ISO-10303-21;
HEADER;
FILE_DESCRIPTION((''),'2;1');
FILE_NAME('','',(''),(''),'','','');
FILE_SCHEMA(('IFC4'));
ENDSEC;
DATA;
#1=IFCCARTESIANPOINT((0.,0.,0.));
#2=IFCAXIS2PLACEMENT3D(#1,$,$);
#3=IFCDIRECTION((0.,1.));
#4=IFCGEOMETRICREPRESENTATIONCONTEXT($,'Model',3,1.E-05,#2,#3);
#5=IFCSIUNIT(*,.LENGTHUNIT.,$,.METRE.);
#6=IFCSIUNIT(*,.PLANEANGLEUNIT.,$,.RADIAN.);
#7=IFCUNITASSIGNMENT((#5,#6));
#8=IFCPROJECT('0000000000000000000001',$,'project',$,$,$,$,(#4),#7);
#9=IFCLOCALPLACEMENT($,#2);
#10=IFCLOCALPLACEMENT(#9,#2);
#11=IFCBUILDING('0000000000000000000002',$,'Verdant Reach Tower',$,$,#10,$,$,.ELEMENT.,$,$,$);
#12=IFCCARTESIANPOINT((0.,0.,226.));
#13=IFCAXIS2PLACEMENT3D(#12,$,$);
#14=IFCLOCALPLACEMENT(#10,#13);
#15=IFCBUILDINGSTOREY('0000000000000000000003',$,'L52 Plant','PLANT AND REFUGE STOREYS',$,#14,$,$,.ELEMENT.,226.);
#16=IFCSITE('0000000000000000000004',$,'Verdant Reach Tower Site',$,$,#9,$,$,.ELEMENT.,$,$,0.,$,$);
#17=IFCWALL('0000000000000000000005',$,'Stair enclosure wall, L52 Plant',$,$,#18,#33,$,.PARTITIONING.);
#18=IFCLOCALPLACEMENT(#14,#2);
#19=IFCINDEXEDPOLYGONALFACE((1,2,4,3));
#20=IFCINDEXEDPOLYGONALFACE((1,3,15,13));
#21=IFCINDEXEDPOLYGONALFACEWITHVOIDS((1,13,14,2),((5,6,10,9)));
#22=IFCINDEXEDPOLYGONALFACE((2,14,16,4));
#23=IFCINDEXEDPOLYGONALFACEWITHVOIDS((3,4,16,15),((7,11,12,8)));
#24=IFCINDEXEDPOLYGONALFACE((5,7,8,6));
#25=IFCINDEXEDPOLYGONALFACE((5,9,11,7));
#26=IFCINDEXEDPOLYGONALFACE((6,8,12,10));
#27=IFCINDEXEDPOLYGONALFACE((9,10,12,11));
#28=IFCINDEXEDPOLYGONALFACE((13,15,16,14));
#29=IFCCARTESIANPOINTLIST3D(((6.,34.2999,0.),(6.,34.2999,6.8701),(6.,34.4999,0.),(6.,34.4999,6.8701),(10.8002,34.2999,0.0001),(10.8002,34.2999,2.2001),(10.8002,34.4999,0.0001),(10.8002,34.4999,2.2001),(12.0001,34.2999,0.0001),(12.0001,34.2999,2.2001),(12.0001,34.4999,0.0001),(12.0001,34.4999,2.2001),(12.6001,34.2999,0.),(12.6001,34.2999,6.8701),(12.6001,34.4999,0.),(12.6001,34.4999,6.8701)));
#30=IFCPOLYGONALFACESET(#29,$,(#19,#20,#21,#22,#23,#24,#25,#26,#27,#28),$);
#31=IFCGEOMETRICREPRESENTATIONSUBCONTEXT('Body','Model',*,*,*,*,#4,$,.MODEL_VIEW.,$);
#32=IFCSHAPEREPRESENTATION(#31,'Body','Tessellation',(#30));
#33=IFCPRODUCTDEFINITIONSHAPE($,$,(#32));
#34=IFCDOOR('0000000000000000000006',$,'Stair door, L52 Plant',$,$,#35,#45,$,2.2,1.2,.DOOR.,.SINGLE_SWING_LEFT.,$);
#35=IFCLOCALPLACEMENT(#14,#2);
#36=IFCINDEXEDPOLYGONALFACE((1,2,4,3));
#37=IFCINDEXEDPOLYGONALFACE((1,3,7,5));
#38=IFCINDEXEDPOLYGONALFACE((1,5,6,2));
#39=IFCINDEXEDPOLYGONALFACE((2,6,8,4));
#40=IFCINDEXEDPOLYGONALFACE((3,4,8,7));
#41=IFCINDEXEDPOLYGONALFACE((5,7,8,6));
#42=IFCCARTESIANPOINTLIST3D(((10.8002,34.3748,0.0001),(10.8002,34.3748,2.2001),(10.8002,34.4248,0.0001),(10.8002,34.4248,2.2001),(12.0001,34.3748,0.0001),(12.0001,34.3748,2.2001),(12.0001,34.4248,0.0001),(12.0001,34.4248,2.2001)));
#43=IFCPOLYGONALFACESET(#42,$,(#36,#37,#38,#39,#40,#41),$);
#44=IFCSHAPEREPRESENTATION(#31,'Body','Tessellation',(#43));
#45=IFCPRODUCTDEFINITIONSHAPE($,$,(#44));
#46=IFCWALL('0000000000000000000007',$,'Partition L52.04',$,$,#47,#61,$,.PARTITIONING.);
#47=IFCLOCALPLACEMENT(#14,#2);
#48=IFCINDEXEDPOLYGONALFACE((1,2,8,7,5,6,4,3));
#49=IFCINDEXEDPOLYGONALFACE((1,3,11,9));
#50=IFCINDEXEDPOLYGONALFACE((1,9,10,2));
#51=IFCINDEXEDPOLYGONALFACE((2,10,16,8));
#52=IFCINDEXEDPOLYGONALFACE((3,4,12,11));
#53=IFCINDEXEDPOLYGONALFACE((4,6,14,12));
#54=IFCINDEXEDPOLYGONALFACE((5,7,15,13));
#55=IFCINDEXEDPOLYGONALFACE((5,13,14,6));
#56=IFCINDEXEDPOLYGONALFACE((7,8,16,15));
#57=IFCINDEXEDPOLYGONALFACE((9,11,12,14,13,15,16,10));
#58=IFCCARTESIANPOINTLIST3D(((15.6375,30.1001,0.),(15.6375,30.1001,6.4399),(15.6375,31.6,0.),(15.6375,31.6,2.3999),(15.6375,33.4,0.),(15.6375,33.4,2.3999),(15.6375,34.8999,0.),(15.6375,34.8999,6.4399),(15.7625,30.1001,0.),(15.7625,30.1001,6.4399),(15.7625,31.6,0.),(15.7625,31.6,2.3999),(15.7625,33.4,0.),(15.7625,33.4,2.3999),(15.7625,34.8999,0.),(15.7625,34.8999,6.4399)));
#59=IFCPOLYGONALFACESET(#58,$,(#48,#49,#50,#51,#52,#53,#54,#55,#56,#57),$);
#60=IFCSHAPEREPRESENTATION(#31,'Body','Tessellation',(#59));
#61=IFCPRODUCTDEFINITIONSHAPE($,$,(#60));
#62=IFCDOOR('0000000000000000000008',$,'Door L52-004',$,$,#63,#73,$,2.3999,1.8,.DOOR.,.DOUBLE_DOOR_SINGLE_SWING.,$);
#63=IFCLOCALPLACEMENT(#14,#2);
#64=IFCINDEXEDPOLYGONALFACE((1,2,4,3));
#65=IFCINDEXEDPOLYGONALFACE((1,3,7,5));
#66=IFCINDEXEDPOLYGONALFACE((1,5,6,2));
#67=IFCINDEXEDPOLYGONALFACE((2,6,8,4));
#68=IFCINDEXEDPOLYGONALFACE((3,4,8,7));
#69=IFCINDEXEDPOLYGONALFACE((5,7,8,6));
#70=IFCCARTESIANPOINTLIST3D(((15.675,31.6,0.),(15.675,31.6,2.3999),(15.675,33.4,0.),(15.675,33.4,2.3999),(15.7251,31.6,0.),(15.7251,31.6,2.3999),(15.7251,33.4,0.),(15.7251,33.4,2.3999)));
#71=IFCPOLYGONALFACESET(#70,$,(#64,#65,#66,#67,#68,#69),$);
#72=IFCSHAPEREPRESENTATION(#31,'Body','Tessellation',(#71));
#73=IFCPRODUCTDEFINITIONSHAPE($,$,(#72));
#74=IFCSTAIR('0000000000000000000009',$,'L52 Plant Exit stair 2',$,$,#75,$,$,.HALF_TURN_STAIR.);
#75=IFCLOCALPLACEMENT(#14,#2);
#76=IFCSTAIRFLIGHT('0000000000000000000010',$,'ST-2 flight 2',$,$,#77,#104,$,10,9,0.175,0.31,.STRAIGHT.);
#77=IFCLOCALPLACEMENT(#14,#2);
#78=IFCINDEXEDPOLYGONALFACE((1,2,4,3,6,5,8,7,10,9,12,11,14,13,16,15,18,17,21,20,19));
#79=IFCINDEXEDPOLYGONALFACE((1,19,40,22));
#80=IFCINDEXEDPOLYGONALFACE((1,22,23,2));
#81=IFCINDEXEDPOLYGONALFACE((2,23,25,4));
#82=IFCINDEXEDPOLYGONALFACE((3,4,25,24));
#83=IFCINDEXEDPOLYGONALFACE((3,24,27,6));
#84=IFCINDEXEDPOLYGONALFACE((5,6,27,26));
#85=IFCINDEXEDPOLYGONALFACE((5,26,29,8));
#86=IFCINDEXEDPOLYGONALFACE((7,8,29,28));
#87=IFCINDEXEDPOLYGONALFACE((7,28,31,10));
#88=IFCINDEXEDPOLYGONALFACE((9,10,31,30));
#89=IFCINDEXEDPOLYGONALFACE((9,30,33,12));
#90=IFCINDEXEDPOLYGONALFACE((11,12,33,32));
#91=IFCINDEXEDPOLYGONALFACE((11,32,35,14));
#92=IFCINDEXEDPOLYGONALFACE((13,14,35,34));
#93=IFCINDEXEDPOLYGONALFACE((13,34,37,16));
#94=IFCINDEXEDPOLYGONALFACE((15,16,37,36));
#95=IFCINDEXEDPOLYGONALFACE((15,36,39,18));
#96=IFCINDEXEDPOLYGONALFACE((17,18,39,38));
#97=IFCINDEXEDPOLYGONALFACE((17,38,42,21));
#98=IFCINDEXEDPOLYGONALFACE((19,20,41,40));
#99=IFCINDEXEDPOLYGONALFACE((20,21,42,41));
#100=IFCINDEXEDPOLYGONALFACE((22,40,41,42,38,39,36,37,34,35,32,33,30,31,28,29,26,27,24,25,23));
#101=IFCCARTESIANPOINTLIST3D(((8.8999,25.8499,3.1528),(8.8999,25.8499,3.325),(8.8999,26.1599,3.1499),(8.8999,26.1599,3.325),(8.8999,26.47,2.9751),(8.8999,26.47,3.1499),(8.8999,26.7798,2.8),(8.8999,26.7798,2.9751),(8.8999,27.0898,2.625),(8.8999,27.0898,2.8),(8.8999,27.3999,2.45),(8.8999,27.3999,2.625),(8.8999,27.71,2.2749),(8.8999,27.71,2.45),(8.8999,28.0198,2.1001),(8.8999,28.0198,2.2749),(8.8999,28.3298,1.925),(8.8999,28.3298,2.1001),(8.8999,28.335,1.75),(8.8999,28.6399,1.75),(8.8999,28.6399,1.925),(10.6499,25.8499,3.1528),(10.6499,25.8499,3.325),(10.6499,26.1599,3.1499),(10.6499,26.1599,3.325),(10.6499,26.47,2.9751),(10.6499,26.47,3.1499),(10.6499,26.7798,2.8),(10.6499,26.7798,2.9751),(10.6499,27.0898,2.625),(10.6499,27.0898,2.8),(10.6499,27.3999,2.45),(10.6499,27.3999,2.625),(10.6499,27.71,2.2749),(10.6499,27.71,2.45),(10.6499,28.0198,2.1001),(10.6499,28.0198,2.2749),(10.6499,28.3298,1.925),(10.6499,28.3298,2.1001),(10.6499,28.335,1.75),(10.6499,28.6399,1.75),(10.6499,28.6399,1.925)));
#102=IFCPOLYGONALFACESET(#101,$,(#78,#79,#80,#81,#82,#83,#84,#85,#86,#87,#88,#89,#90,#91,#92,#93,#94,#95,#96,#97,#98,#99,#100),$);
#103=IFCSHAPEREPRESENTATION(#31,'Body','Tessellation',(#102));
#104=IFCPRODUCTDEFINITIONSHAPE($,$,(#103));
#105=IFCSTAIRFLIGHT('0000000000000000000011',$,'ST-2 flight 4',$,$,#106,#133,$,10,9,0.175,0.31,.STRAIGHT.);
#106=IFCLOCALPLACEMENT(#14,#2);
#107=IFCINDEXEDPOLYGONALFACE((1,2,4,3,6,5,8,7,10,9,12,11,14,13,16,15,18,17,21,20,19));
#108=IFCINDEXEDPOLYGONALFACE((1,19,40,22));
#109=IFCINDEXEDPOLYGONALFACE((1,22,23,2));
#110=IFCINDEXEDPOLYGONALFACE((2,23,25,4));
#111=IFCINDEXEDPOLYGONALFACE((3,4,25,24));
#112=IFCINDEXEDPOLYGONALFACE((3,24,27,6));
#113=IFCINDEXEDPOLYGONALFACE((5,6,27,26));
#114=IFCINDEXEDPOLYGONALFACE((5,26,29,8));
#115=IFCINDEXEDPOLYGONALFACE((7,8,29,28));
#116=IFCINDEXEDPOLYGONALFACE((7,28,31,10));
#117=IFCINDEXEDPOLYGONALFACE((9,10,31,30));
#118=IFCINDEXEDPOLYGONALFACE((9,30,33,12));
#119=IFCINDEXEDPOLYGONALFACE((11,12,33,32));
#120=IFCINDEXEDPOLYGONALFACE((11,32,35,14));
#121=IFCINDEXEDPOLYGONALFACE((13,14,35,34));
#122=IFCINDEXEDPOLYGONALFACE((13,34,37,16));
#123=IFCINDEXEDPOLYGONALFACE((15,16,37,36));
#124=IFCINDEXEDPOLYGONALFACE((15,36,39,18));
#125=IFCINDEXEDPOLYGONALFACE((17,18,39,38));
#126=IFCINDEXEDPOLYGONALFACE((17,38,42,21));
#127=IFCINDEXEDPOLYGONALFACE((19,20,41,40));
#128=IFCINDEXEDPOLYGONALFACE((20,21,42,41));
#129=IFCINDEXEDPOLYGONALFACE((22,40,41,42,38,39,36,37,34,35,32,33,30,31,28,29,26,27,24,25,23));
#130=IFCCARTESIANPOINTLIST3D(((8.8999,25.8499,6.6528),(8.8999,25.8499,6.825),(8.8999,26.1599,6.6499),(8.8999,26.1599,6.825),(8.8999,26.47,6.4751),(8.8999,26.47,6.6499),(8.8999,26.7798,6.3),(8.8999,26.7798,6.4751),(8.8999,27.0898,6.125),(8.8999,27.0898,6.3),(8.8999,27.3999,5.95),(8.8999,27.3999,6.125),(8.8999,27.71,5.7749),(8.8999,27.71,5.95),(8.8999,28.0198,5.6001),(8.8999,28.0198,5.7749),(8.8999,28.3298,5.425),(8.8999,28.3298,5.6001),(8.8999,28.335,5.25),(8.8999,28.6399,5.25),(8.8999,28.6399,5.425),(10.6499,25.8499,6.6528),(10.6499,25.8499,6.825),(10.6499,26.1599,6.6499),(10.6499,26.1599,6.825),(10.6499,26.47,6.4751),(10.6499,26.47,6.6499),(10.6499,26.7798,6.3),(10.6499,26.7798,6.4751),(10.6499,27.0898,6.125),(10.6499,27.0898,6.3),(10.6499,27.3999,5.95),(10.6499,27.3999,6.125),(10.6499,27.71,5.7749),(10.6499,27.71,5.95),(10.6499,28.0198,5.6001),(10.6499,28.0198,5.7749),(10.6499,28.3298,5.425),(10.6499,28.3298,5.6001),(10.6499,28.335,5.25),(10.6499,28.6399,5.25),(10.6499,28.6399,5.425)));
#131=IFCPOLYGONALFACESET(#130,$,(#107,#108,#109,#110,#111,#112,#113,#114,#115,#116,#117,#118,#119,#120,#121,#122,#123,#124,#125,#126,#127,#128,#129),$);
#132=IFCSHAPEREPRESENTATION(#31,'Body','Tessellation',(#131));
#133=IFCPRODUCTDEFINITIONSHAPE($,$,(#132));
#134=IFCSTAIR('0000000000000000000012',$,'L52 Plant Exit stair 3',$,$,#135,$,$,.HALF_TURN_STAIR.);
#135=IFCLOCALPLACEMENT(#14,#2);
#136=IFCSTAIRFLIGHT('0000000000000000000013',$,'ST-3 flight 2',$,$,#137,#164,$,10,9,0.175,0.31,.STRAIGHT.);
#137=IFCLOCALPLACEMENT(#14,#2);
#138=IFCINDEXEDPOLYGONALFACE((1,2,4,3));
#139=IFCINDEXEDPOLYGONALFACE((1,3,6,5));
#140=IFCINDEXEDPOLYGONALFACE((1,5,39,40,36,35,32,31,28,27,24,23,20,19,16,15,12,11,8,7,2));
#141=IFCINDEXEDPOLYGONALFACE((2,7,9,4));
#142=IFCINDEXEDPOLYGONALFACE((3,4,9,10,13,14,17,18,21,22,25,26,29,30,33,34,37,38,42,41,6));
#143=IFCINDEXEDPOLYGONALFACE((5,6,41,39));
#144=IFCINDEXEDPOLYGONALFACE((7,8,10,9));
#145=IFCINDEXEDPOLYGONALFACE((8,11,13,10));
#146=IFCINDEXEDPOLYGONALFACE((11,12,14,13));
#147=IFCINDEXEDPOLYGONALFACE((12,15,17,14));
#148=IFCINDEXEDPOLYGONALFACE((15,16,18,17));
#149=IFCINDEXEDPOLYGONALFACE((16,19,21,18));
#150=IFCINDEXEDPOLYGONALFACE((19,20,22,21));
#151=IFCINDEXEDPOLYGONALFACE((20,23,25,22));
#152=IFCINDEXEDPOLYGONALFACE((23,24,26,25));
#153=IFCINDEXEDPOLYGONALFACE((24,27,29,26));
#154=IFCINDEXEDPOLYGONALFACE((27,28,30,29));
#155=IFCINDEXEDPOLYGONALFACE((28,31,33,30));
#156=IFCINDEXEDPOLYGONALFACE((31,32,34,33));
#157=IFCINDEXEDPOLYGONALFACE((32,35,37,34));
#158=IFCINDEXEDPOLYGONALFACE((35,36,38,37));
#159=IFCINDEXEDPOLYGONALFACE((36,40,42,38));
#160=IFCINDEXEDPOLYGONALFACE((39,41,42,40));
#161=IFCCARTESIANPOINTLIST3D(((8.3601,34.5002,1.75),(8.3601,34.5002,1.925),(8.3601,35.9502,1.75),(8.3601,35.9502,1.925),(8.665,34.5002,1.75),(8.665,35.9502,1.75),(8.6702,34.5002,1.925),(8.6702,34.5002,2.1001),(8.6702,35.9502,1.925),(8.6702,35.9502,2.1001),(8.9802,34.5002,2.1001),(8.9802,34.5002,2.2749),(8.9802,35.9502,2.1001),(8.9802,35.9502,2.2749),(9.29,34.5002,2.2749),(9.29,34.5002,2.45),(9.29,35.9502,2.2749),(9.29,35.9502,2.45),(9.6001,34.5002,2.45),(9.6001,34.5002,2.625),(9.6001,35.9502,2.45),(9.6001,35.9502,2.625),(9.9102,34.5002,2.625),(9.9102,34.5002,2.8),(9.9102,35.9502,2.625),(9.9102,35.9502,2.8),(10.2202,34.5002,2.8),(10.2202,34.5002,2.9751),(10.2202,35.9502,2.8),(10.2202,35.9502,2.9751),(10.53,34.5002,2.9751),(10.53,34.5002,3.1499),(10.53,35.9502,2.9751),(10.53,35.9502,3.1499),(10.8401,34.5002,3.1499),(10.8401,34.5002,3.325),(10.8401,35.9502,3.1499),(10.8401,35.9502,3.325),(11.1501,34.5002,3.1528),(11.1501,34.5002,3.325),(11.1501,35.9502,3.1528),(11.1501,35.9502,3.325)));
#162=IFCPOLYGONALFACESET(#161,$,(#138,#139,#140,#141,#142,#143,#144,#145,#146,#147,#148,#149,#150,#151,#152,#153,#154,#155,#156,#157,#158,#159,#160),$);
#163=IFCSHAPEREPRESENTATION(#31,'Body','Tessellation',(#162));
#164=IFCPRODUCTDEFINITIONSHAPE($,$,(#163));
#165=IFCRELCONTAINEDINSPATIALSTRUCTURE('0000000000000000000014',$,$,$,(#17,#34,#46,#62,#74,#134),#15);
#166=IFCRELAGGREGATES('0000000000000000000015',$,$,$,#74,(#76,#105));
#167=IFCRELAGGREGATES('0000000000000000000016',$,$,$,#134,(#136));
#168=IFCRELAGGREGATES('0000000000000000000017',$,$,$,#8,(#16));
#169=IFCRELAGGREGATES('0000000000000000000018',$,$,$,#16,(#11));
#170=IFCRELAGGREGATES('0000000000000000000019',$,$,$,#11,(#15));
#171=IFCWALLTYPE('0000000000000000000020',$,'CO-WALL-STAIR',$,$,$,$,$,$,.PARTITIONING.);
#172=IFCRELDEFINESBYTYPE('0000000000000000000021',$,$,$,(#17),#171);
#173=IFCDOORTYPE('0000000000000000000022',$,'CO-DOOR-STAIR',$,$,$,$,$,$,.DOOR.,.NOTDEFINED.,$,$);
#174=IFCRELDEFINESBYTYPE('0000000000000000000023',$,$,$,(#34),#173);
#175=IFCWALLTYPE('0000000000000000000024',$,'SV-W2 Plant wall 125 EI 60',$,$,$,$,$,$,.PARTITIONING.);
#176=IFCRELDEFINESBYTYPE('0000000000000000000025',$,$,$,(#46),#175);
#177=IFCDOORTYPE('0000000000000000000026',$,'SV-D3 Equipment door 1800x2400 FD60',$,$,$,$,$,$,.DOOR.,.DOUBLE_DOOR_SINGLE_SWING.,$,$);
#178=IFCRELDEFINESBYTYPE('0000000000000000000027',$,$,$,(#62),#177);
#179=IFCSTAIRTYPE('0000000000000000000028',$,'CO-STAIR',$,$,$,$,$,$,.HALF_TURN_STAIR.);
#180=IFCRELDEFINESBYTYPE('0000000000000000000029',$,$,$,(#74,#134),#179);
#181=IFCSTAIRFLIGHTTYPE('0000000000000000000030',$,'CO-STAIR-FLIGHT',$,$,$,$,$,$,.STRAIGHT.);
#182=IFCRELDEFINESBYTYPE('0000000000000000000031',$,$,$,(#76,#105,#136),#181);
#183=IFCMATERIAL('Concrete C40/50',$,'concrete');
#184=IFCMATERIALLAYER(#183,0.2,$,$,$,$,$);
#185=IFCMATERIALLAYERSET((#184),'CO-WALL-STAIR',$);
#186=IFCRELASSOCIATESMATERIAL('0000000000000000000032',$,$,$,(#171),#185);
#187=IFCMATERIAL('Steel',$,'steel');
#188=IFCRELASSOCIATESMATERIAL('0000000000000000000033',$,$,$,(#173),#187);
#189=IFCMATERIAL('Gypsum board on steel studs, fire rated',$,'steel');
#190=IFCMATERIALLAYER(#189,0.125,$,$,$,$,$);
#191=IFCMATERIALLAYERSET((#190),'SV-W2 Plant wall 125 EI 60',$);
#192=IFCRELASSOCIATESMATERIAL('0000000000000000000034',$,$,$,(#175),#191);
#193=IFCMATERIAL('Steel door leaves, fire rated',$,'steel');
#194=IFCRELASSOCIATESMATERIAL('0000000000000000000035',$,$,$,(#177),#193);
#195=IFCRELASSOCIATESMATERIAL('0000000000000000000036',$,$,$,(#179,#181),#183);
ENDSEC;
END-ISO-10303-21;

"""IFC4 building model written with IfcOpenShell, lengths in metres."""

from ifc_helpers import new_model, si_unit, direction, frame, frame_2d, origin, place, context, subcontext, project, spatial, polyline, rectangle, outline, extrude, material, layer, layer_set, type_object, element, fill, aggregate, save


model = new_model("IFC4")

# Units and contexts
model_context = context("Model", 3, precision=1e-05, world=origin(), true_north=direction((0.0, 1.0)))
body_context = subcontext(model_context, "Body", "Model", "MODEL_VIEW")
ifc_project = project(units=[si_unit("LENGTHUNIT", "METRE"), si_unit("PLANEANGLEUNIT", "RADIAN")], contexts=[model_context])

# Site, building, storey
site_placement = place(None, origin())
site = spatial("IfcSite", under=ifc_project, at=site_placement, Name="Verdant Reach Tower Site", CompositionType="ELEMENT", RefElevation=0.0)
building_placement = place(site_placement, origin())
building = spatial("IfcBuilding", under=site, at=building_placement, Name="Verdant Reach Tower", CompositionType="ELEMENT")
storey_placement = place(building_placement, frame((0.0, 0.0, 226.0)))
storey = spatial("IfcBuildingStorey", under=building, at=storey_placement, Name="L52 Plant", Description="PLANT AND REFUGE STOREYS", CompositionType="ELEMENT", Elevation=226.0)

# Shared definitions
ifc_material_1 = material(Name="Concrete C40/50", Category="concrete")
ifc_layer_1 = layer(ifc_material_1, 0.2)
ifc_layer_set_1 = layer_set([ifc_layer_1], Name="CO-WALL-STAIR")
wall_type_1 = type_object("IfcWallType", Name="CO-WALL-STAIR", PredefinedType="PARTITIONING", material=ifc_layer_set_1)

# Walls, openings, doors
wall_1_placement = place(storey_placement, frame((6.0, 34.3999, 0.0), z_axis=(0.0, 0.0, 1.0), x_axis=(1.0, 0.0, 0.0)))
wall_1 = element("IfcWall", 1, at=wall_1_placement, inside=storey, type_object=wall_type_1, Name="Stair enclosure wall, L52 Plant", PredefinedType="PARTITIONING", context=body_context, shape_type="SweptSolid", body=[
    extrude(rectangle(XDim=6.6001, YDim=0.2, at=frame_2d((3.3, 0.0))), origin(), (0.0, 0.0, 1.0), 6.8701),
])
opening_1_placement = place(wall_1_placement, frame((4.8, 0.0, 0.0)))
opening_1 = element("IfcOpeningElement", 2, at=opening_1_placement, cuts=wall_1, PredefinedType="OPENING", context=body_context, shape_type="SweptSolid", body=[
    extrude(rectangle(XDim=1.2, YDim=2.2, at=frame_2d((0.6001, 1.1001))), frame((0.0, 0.1099, 0.0), z_axis=(0.0, -1.0, 0.0), x_axis=(1.0, 0.0, 0.0)), (0.0, 0.0, 1.0), 0.22),
])
ifc_material_2 = material(Name="Steel", Category="steel")
door_type_1 = type_object("IfcDoorType", Name="CO-DOOR-STAIR", OperationType="NOTDEFINED", PredefinedType="DOOR", material=ifc_material_2)
door_1_placement = place(opening_1_placement, origin())
door_1 = element("IfcDoor", 3, at=door_1_placement, inside=storey, type_object=door_type_1, Name="Stair door, L52 Plant", OperationType="SINGLE_SWING_LEFT", OverallHeight=2.2, OverallWidth=1.2, PredefinedType="DOOR", context=body_context, shape_type="SweptSolid", body=[
    extrude(rectangle(XDim=1.2, YDim=2.2, at=frame_2d((0.6001, 1.1001))), frame((0.0, 0.0249, 0.0), z_axis=(0.0, -1.0, 0.0), x_axis=(1.0, 0.0, 0.0)), (0.0, 0.0, 1.0), 0.05),
])
fill(opening_1, door_1)
ifc_material_3 = material(Name="Gypsum board on steel studs, fire rated", Category="steel")
ifc_layer_2 = layer(ifc_material_3, 0.125)
ifc_layer_set_2 = layer_set([ifc_layer_2], Name="SV-W2 Plant wall 125 EI 60")
wall_type_2 = type_object("IfcWallType", Name="SV-W2 Plant wall 125 EI 60", PredefinedType="PARTITIONING", material=ifc_layer_set_2)
wall_2_placement = place(storey_placement, frame((15.7, 30.1001, 0.0), z_axis=(0.0, 0.0, 1.0), x_axis=(0.0, 1.0, 0.0)))
wall_2 = element("IfcWall", 4, at=wall_2_placement, inside=storey, type_object=wall_type_2, Name="Partition L52.04", PredefinedType="PARTITIONING", context=body_context, shape_type="SweptSolid", body=[
    extrude(rectangle(XDim=4.7998, YDim=0.125, at=frame_2d((2.3999, 0.0))), origin(), (0.0, 0.0, 1.0), 6.4399),
])
opening_2_placement = place(wall_2_placement, frame((1.5, 0.0, 0.0)))
opening_2 = element("IfcOpeningElement", 5, at=opening_2_placement, cuts=wall_2, PredefinedType="OPENING", context=body_context, shape_type="SweptSolid", body=[
    extrude(rectangle(XDim=1.8, YDim=2.3999, at=frame_2d((0.8999, 1.2))), frame((0.0, 0.0725, 0.0), z_axis=(0.0, -1.0, 0.0), x_axis=(1.0, 0.0, 0.0)), (0.0, 0.0, 1.0), 0.145),
])
ifc_material_4 = material(Name="Steel door leaves, fire rated", Category="steel")
door_type_2 = type_object("IfcDoorType", Name="SV-D3 Equipment door 1800x2400 FD60", OperationType="DOUBLE_DOOR_SINGLE_SWING", PredefinedType="DOOR", material=ifc_material_4)
door_2_placement = place(opening_2_placement, origin())
door_2 = element("IfcDoor", 6, at=door_2_placement, inside=storey, type_object=door_type_2, Name="Door L52-004", OperationType="DOUBLE_DOOR_SINGLE_SWING", OverallHeight=2.3999, OverallWidth=1.8, PredefinedType="DOOR", context=body_context, shape_type="SweptSolid", body=[
    extrude(rectangle(XDim=1.8, YDim=2.3999, at=frame_2d((0.8999, 1.2))), frame((0.0, 0.0249, 0.0), z_axis=(0.0, -1.0, 0.0), x_axis=(1.0, 0.0, 0.0)), (0.0, 0.0, 1.0), 0.05),
])
fill(opening_2, door_2)

# Stairs, stair flights
stair_type = type_object("IfcStairType", Name="CO-STAIR", PredefinedType="HALF_TURN_STAIR", material=ifc_material_1)
stair_1_placement = place(storey_placement, origin())
stair_1 = element("IfcStair", 7, at=stair_1_placement, inside=storey, type_object=stair_type, Name="L52 Plant Exit stair 2", PredefinedType="HALF_TURN_STAIR")
stair_flight_type = type_object("IfcStairFlightType", Name="CO-STAIR-FLIGHT", PredefinedType="STRAIGHT", material=ifc_material_1)
stair_flight_1_placement = place(storey_placement, frame((9.7749, 28.6399, 1.75), z_axis=(0.0, 0.0, 1.0), x_axis=(0.0, -1.0, 0.0)))
stair_flight_1 = element("IfcStairFlight", 8, at=stair_flight_1_placement, type_object=stair_flight_type, Name="ST-2 flight 2", NumberOfRisers=10, NumberOfTreads=9, PredefinedType="STRAIGHT", RiserHeight=0.175, TreadLength=0.31, context=body_context, shape_type="SweptSolid", body=[
    extrude(outline(polyline([(0.0, 0.0), (0.0, 0.175), (0.3101, 0.175), (0.3101, 0.3501), (0.6201, 0.3501), (0.6201, 0.5249), (0.9299, 0.5249), (0.9299, 0.7), (1.24, 0.7), (1.24, 0.875), (1.55, 0.875), (1.55, 1.05), (1.8601, 1.05), (1.8601, 1.2251), (2.1699, 1.2251), (2.1699, 1.3999), (2.48, 1.3999), (2.48, 1.575), (2.79, 1.575), (2.79, 1.75), (2.79, 1.4028), (0.3049, 0.0), (0.0, 0.0)])), frame((0.0, 0.875, 0.0), z_axis=(0.0, -1.0, 0.0), x_axis=(1.0, 0.0, 0.0)), (0.0, 0.0, 1.0), 1.75),
])
stair_flight_2_placement = place(storey_placement, frame((9.7749, 28.6399, 5.25), z_axis=(0.0, 0.0, 1.0), x_axis=(0.0, -1.0, 0.0)))
stair_flight_2 = element("IfcStairFlight", 9, at=stair_flight_2_placement, type_object=stair_flight_type, Name="ST-2 flight 4", NumberOfRisers=10, NumberOfTreads=9, PredefinedType="STRAIGHT", RiserHeight=0.175, TreadLength=0.31, context=body_context, shape_type="SweptSolid", body=[
    extrude(outline(polyline([(0.0, 0.0), (0.0, 0.175), (0.3101, 0.175), (0.3101, 0.3501), (0.6201, 0.3501), (0.6201, 0.5249), (0.9299, 0.5249), (0.9299, 0.7), (1.24, 0.7), (1.24, 0.875), (1.55, 0.875), (1.55, 1.05), (1.8601, 1.05), (1.8601, 1.2251), (2.1699, 1.2251), (2.1699, 1.3999), (2.48, 1.3999), (2.48, 1.575), (2.79, 1.575), (2.79, 1.75), (2.79, 1.4028), (0.3049, 0.0), (0.0, 0.0)])), frame((0.0, 0.875, 0.0), z_axis=(0.0, -1.0, 0.0), x_axis=(1.0, 0.0, 0.0)), (0.0, 0.0, 1.0), 1.75),
])
aggregate(stair_1, [stair_flight_1, stair_flight_2])
stair_2_placement = place(storey_placement, origin())
stair_2 = element("IfcStair", 10, at=stair_2_placement, inside=storey, type_object=stair_type, Name="L52 Plant Exit stair 3", PredefinedType="HALF_TURN_STAIR")
stair_flight_3_placement = place(storey_placement, frame((8.3601, 35.2251, 1.75), z_axis=(0.0, 0.0, 1.0), x_axis=(1.0, 0.0, 0.0)))
stair_flight_3 = element("IfcStairFlight", 11, at=stair_flight_3_placement, type_object=stair_flight_type, Name="ST-3 flight 2", NumberOfRisers=10, NumberOfTreads=9, PredefinedType="STRAIGHT", RiserHeight=0.175, TreadLength=0.31, context=body_context, shape_type="SweptSolid", body=[
    extrude(outline(polyline([(0.0, 0.0), (0.0, 0.175), (0.3101, 0.175), (0.3101, 0.3501), (0.6201, 0.3501), (0.6201, 0.5249), (0.9299, 0.5249), (0.9299, 0.7), (1.24, 0.7), (1.24, 0.875), (1.55, 0.875), (1.55, 1.05), (1.8601, 1.05), (1.8601, 1.2251), (2.1699, 1.2251), (2.1699, 1.3999), (2.48, 1.3999), (2.48, 1.575), (2.79, 1.575), (2.79, 1.75), (2.79, 1.4028), (0.3049, 0.0), (0.0, 0.0)])), frame((0.0, 0.7251, 0.0), z_axis=(0.0, -1.0, 0.0), x_axis=(1.0, 0.0, 0.0)), (0.0, 0.0, 1.0), 1.45),
])
aggregate(stair_2, [stair_flight_3])

save(model, "model.ifc")
